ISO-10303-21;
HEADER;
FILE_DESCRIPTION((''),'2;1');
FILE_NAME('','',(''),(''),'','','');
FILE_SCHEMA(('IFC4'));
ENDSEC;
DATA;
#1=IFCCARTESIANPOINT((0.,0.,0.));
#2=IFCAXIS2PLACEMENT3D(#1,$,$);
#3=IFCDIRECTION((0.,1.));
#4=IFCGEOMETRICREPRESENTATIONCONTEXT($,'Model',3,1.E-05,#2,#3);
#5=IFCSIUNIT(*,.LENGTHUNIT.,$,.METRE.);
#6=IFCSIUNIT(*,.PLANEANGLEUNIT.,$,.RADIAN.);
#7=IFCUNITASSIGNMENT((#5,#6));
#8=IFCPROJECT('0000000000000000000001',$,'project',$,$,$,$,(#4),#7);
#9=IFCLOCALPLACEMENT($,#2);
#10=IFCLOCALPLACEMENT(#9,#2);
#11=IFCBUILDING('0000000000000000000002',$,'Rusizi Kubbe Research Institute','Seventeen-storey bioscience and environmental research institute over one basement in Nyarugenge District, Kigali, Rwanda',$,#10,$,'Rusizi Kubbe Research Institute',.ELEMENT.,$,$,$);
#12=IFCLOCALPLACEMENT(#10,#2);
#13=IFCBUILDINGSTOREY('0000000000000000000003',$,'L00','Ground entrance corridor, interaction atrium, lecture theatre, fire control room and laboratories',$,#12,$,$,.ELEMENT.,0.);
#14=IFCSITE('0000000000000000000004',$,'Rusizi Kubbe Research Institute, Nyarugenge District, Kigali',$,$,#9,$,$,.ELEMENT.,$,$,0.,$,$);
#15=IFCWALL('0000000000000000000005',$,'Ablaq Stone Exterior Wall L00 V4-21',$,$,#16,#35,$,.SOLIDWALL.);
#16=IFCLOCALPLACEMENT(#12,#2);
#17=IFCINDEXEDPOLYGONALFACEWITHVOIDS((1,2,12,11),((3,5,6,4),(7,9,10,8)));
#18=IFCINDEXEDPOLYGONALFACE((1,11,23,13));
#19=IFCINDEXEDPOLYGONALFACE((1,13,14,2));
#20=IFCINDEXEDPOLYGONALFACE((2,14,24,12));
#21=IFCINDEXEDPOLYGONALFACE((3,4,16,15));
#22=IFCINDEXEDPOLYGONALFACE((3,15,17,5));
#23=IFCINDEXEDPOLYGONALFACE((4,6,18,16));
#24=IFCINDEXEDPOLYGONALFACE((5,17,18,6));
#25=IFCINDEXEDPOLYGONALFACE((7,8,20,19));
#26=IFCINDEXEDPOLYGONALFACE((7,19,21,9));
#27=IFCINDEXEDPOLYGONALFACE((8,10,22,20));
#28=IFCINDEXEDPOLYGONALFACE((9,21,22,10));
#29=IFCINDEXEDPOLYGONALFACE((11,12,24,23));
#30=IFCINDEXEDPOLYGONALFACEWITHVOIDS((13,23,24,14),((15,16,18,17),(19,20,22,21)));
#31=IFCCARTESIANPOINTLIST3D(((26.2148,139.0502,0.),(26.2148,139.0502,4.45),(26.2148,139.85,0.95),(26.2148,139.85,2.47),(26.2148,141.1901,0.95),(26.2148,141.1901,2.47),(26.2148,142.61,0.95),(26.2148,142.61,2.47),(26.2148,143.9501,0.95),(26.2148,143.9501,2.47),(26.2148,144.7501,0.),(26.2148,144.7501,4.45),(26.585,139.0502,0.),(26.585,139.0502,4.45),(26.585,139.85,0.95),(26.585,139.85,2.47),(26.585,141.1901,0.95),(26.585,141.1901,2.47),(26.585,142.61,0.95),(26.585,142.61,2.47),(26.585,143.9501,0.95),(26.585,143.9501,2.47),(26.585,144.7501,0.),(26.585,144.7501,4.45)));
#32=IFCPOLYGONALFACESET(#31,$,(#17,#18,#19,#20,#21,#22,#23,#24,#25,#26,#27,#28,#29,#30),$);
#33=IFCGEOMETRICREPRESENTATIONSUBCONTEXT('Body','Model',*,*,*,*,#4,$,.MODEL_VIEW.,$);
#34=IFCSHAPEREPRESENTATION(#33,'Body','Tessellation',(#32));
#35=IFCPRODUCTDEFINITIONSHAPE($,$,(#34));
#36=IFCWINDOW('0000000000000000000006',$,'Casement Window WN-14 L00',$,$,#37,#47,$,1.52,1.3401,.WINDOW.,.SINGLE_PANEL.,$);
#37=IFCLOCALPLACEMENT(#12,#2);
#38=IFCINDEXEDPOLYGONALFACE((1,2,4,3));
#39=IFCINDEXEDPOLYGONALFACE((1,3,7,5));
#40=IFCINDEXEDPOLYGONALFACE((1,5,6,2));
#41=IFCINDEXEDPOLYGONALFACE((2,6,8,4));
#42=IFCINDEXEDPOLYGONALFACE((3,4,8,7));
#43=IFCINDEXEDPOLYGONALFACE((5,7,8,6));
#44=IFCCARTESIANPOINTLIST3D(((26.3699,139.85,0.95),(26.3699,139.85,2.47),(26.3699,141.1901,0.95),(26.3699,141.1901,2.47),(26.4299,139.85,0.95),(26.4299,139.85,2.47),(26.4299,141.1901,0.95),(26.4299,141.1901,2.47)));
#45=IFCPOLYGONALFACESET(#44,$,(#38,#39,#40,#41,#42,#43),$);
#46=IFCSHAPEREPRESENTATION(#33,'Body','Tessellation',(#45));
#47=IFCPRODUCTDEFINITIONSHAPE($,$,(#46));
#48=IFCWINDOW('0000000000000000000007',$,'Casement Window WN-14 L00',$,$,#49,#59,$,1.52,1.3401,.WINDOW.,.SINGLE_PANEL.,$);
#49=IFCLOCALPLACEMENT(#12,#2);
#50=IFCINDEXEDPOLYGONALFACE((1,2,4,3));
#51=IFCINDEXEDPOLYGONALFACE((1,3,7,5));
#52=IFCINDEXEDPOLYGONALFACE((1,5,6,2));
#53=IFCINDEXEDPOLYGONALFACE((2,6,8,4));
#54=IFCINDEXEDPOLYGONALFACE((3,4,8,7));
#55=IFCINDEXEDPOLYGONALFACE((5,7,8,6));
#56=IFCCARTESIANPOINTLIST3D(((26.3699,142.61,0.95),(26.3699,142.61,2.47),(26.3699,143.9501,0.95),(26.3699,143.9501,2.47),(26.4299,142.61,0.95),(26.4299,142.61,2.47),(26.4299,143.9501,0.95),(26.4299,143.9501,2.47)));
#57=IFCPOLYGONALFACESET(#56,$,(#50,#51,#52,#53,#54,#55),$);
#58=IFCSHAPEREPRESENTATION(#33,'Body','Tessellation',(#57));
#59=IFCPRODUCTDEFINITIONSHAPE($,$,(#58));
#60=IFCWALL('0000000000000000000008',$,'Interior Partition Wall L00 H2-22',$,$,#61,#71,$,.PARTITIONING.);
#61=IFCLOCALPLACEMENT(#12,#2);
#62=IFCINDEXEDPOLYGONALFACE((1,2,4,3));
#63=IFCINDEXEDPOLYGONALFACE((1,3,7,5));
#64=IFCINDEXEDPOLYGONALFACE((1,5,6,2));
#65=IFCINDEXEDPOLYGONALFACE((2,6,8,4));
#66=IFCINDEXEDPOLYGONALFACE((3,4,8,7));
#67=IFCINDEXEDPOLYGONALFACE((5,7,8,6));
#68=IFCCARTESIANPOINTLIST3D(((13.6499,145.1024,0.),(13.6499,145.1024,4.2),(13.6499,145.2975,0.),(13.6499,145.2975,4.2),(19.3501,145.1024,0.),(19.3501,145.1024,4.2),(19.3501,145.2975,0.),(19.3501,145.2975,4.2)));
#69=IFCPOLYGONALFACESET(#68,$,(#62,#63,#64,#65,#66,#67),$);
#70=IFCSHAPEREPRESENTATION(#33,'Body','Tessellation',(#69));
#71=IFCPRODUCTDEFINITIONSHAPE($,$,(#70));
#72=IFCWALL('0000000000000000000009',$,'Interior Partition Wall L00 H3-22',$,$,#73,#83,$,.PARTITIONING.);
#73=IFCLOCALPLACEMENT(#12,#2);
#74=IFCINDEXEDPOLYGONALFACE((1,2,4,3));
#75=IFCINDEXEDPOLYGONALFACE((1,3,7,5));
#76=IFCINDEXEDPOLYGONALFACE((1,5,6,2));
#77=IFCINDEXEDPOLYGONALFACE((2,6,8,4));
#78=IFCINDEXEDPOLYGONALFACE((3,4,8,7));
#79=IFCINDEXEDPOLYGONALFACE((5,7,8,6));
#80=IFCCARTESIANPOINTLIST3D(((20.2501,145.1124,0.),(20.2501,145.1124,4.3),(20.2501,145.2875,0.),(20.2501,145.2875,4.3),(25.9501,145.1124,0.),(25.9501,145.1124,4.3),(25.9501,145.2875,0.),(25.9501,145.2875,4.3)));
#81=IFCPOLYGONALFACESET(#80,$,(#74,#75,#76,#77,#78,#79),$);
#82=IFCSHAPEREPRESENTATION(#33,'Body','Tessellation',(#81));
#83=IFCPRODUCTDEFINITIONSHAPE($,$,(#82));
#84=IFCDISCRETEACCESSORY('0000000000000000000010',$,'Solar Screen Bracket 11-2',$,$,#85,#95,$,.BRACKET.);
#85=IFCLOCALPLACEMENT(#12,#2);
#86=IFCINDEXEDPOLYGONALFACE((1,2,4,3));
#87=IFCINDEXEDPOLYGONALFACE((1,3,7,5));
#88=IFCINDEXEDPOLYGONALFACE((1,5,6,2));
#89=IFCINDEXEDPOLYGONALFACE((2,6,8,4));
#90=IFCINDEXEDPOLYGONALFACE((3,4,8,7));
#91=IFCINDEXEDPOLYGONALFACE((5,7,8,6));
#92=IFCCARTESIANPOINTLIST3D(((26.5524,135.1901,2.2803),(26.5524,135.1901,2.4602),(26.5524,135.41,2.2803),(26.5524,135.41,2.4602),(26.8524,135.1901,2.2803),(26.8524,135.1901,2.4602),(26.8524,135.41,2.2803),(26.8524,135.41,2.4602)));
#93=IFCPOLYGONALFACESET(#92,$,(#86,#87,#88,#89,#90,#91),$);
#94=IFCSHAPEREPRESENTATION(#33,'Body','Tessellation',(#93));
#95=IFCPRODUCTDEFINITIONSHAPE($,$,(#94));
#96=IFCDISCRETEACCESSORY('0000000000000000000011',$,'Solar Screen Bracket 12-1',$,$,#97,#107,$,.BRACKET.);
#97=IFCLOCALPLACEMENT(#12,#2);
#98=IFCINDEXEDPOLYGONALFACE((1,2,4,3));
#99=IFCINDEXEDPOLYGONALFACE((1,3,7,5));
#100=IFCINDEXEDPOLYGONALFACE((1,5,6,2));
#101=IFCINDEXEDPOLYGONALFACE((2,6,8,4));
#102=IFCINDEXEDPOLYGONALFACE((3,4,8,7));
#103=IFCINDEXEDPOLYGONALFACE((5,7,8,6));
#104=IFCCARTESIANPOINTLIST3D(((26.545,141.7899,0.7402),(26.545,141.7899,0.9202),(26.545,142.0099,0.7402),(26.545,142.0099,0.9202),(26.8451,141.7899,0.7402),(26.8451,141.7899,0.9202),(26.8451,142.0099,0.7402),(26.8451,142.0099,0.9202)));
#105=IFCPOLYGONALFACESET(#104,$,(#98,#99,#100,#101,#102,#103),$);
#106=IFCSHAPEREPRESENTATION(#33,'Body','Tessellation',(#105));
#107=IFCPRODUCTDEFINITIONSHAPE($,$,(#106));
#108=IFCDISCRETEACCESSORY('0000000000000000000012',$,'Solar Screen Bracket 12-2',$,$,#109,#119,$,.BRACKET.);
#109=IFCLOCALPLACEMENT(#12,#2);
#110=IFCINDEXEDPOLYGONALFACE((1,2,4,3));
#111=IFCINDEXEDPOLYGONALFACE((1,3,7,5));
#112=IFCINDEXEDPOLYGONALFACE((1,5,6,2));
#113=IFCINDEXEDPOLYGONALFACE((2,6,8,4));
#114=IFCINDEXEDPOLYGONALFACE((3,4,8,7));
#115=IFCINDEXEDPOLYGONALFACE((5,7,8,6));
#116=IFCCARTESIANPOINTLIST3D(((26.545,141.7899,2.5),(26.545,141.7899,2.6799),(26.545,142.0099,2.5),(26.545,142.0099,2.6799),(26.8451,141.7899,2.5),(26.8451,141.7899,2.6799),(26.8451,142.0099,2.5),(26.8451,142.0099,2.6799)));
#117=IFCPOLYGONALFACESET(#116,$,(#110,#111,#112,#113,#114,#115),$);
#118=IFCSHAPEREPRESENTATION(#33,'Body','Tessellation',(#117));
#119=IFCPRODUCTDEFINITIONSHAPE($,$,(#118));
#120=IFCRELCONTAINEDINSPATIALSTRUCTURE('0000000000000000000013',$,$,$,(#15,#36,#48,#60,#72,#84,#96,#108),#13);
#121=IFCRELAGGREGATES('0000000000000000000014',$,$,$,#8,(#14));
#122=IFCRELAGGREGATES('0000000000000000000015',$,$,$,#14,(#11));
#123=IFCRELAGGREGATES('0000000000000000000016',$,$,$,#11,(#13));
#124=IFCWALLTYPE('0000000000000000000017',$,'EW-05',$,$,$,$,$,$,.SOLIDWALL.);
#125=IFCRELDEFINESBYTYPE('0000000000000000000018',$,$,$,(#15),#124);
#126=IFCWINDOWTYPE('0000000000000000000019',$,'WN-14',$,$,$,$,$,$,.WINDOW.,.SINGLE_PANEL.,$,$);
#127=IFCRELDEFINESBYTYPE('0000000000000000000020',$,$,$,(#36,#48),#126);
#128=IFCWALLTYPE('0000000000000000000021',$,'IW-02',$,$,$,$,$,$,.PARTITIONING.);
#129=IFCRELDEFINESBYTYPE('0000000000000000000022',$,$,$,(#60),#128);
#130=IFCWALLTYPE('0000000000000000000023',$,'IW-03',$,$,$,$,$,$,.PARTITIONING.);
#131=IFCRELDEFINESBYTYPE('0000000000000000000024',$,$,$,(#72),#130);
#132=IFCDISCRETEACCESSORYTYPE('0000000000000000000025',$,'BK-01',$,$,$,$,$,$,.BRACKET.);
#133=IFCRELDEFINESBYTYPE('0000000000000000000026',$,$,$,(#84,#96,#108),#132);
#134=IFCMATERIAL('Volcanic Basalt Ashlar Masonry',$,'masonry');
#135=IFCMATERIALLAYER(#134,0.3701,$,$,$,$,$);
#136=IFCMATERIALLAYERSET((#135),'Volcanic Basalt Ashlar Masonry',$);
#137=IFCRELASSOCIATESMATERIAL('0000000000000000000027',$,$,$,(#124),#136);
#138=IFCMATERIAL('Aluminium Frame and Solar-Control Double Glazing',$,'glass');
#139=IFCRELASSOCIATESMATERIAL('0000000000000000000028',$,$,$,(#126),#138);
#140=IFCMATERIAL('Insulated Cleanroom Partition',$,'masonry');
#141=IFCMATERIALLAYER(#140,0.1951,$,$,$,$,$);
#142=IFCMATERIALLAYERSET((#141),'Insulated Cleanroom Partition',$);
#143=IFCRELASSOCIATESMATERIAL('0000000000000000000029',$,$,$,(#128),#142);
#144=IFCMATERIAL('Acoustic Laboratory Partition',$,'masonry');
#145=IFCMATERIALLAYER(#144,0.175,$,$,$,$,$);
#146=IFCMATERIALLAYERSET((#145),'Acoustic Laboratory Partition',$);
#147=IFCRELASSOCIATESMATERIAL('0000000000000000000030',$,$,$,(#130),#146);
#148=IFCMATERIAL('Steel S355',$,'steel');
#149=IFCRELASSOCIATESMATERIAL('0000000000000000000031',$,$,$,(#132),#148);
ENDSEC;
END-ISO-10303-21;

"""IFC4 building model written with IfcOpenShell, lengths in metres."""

from ifc_helpers import new_model, si_unit, direction, frame, frame_2d, origin, origin_2d, place, context, subcontext, project, spatial, rectangle, extrude, material, layer, layer_set, type_object, element, fill, save


model = new_model("IFC4")

# Units and contexts
model_context = context("Model", 3, precision=1e-05, world=origin(), true_north=direction((0.0, 1.0)))
body_context = subcontext(model_context, "Body", "Model", "MODEL_VIEW")
ifc_project = project(units=[si_unit("LENGTHUNIT", "METRE"), si_unit("PLANEANGLEUNIT", "RADIAN")], contexts=[model_context])

# Site, building, storey
site_placement = place(None, origin())
site = spatial("IfcSite", under=ifc_project, at=site_placement, Name="Rusizi Kubbe Research Institute, Nyarugenge District, Kigali", CompositionType="ELEMENT", RefElevation=0.0)
building_placement = place(site_placement, origin())
building = spatial("IfcBuilding", under=site, at=building_placement, Name="Rusizi Kubbe Research Institute", Description="Seventeen-storey bioscience and environmental research institute over one basement in Nyarugenge District, Kigali, Rwanda", LongName="Rusizi Kubbe Research Institute", CompositionType="ELEMENT")
storey_placement = place(building_placement, origin())
storey = spatial("IfcBuildingStorey", under=building, at=storey_placement, Name="L00", Description="Ground entrance corridor, interaction atrium, lecture theatre, fire control room and laboratories", CompositionType="ELEMENT", Elevation=0.0)

# Wall, openings, windows
ifc_material_1 = material(Name="Volcanic Basalt Ashlar Masonry", Category="masonry")
ifc_layer_1 = layer(ifc_material_1, 0.3701)
ifc_layer_set_1 = layer_set([ifc_layer_1], Name="Volcanic Basalt Ashlar Masonry")
wall_type_1 = type_object("IfcWallType", Name="EW-05", PredefinedType="SOLIDWALL", material=ifc_layer_set_1)
wall_1_placement = place(storey_placement, frame((26.3999, 139.05, 0.0), z_axis=(0.0, 0.0, 1.0), x_axis=(0.0, 1.0, 0.0)))
wall_1 = element("IfcWall", 1, at=wall_1_placement, inside=storey, type_object=wall_type_1, Name="Ablaq Stone Exterior Wall L00 V4-21", PredefinedType="SOLIDWALL", context=body_context, shape_type="SweptSolid", body=[
    extrude(rectangle(XDim=5.7, YDim=0.3701, at=frame_2d((2.8501, 0.0))), origin(), (0.0, 0.0, 1.0), 4.45),
])
opening_1_placement = place(wall_1_placement, frame((0.8, 0.0, 0.95)))
opening_1 = element("IfcOpeningElement", 2, at=opening_1_placement, cuts=wall_1, PredefinedType="OPENING", context=body_context, shape_type="SweptSolid", body=[
    extrude(rectangle(XDim=1.3401, YDim=1.52, at=frame_2d((0.6699, 0.76))), frame((0.0, 0.1951, 0.0), z_axis=(0.0, -1.0, 0.0), x_axis=(1.0, 0.0, 0.0)), (0.0, 0.0, 1.0), 0.3901),
])
opening_2_placement = place(wall_1_placement, frame((3.5601, 0.0, 0.95)))
opening_2 = element("IfcOpeningElement", 3, at=opening_2_placement, cuts=wall_1, PredefinedType="OPENING", context=body_context, shape_type="SweptSolid", body=[
    extrude(rectangle(XDim=1.3401, YDim=1.52, at=frame_2d((0.6699, 0.76))), frame((0.0, 0.1951, 0.0), z_axis=(0.0, -1.0, 0.0), x_axis=(1.0, 0.0, 0.0)), (0.0, 0.0, 1.0), 0.3901),
])
ifc_material_2 = material(Name="Aluminium Frame and Solar-Control Double Glazing", Category="glass")
window_type = type_object("IfcWindowType", Name="WN-14", PartitioningType="SINGLE_PANEL", PredefinedType="WINDOW", material=ifc_material_2)
window_1_placement = place(opening_1_placement, origin())
window_1 = element("IfcWindow", 4, at=window_1_placement, inside=storey, type_object=window_type, Name="Casement Window WN-14 L00", OverallHeight=1.52, OverallWidth=1.3401, PartitioningType="SINGLE_PANEL", PredefinedType="WINDOW", context=body_context, shape_type="SweptSolid", body=[
    extrude(rectangle(XDim=1.3401, YDim=1.52, at=frame_2d((0.6699, 0.76))), frame((0.0, 0.03, 0.0), z_axis=(0.0, -1.0, 0.0), x_axis=(1.0, 0.0, 0.0)), (0.0, 0.0, 1.0), 0.0601),
])
fill(opening_1, window_1)
window_2_placement = place(opening_2_placement, origin())
window_2 = element("IfcWindow", 5, at=window_2_placement, inside=storey, type_object=window_type, Name="Casement Window WN-14 L00", OverallHeight=1.52, OverallWidth=1.3401, PartitioningType="SINGLE_PANEL", PredefinedType="WINDOW", context=body_context, shape_type="SweptSolid", body=[
    extrude(rectangle(XDim=1.3401, YDim=1.52, at=frame_2d((0.6699, 0.76))), frame((0.0, 0.03, 0.0), z_axis=(0.0, -1.0, 0.0), x_axis=(1.0, 0.0, 0.0)), (0.0, 0.0, 1.0), 0.0601),
])
fill(opening_2, window_2)

# Walls
ifc_material_3 = material(Name="Insulated Cleanroom Partition", Category="masonry")
ifc_layer_2 = layer(ifc_material_3, 0.1951)
ifc_layer_set_2 = layer_set([ifc_layer_2], Name="Insulated Cleanroom Partition")
wall_type_2 = type_object("IfcWallType", Name="IW-02", PredefinedType="PARTITIONING", material=ifc_layer_set_2)
wall_2_placement = place(storey_placement, frame((13.6499, 145.2, 0.0), z_axis=(0.0, 0.0, 1.0), x_axis=(1.0, 0.0, 0.0)))
element("IfcWall", 6, at=wall_2_placement, inside=storey, type_object=wall_type_2, Name="Interior Partition Wall L00 H2-22", PredefinedType="PARTITIONING", context=body_context, shape_type="SweptSolid", body=[
    extrude(rectangle(XDim=5.7002, YDim=0.1951, at=frame_2d((2.8501, 0.0))), origin(), (0.0, 0.0, 1.0), 4.2),
])
ifc_material_4 = material(Name="Acoustic Laboratory Partition", Category="masonry")
ifc_layer_3 = layer(ifc_material_4, 0.175)
ifc_layer_set_3 = layer_set([ifc_layer_3], Name="Acoustic Laboratory Partition")
wall_type_3 = type_object("IfcWallType", Name="IW-03", PredefinedType="PARTITIONING", material=ifc_layer_set_3)
wall_3_placement = place(storey_placement, frame((20.25, 145.2, 0.0), z_axis=(0.0, 0.0, 1.0), x_axis=(1.0, 0.0, 0.0)))
element("IfcWall", 7, at=wall_3_placement, inside=storey, type_object=wall_type_3, Name="Interior Partition Wall L00 H3-22", PredefinedType="PARTITIONING", context=body_context, shape_type="SweptSolid", body=[
    extrude(rectangle(XDim=5.7, YDim=0.175, at=frame_2d((2.8501, 0.0))), origin(), (0.0, 0.0, 1.0), 4.3),
])

# Discrete accessories
ifc_material_5 = material(Name="Steel S355", Category="steel")
discrete_accessory_type = type_object("IfcDiscreteAccessoryType", Name="BK-01", PredefinedType="BRACKET", material=ifc_material_5)
for number, where, z_axis, x_axis, name in (
    (8, (26.7024, 135.3, 2.2803), (0.0, 0.0, 1.0), (1.0, 0.0, 0.0), "Solar Screen Bracket 11-2"),
    (9, (26.6951, 141.8999, 0.7402), (0.0, 0.0, 1.0), (1.0, 0.0, 0.0), "Solar Screen Bracket 12-1"),
    (10, (26.6951, 141.8999, 2.5), (0.0, 0.0, 1.0), (1.0, 0.0, 0.0), "Solar Screen Bracket 12-2"),
):
    element("IfcDiscreteAccessory", number, at=place(storey_placement, frame(where, z_axis=z_axis, x_axis=x_axis)), inside=storey, type_object=discrete_accessory_type, Name=name, PredefinedType="BRACKET", context=body_context, shape_type="SweptSolid", body=[
        extrude(rectangle(XDim=0.3, YDim=0.22, at=origin_2d()), origin(), (0.0, 0.0, 1.0), 0.1799),
    ])

save(model, "model.ifc")
